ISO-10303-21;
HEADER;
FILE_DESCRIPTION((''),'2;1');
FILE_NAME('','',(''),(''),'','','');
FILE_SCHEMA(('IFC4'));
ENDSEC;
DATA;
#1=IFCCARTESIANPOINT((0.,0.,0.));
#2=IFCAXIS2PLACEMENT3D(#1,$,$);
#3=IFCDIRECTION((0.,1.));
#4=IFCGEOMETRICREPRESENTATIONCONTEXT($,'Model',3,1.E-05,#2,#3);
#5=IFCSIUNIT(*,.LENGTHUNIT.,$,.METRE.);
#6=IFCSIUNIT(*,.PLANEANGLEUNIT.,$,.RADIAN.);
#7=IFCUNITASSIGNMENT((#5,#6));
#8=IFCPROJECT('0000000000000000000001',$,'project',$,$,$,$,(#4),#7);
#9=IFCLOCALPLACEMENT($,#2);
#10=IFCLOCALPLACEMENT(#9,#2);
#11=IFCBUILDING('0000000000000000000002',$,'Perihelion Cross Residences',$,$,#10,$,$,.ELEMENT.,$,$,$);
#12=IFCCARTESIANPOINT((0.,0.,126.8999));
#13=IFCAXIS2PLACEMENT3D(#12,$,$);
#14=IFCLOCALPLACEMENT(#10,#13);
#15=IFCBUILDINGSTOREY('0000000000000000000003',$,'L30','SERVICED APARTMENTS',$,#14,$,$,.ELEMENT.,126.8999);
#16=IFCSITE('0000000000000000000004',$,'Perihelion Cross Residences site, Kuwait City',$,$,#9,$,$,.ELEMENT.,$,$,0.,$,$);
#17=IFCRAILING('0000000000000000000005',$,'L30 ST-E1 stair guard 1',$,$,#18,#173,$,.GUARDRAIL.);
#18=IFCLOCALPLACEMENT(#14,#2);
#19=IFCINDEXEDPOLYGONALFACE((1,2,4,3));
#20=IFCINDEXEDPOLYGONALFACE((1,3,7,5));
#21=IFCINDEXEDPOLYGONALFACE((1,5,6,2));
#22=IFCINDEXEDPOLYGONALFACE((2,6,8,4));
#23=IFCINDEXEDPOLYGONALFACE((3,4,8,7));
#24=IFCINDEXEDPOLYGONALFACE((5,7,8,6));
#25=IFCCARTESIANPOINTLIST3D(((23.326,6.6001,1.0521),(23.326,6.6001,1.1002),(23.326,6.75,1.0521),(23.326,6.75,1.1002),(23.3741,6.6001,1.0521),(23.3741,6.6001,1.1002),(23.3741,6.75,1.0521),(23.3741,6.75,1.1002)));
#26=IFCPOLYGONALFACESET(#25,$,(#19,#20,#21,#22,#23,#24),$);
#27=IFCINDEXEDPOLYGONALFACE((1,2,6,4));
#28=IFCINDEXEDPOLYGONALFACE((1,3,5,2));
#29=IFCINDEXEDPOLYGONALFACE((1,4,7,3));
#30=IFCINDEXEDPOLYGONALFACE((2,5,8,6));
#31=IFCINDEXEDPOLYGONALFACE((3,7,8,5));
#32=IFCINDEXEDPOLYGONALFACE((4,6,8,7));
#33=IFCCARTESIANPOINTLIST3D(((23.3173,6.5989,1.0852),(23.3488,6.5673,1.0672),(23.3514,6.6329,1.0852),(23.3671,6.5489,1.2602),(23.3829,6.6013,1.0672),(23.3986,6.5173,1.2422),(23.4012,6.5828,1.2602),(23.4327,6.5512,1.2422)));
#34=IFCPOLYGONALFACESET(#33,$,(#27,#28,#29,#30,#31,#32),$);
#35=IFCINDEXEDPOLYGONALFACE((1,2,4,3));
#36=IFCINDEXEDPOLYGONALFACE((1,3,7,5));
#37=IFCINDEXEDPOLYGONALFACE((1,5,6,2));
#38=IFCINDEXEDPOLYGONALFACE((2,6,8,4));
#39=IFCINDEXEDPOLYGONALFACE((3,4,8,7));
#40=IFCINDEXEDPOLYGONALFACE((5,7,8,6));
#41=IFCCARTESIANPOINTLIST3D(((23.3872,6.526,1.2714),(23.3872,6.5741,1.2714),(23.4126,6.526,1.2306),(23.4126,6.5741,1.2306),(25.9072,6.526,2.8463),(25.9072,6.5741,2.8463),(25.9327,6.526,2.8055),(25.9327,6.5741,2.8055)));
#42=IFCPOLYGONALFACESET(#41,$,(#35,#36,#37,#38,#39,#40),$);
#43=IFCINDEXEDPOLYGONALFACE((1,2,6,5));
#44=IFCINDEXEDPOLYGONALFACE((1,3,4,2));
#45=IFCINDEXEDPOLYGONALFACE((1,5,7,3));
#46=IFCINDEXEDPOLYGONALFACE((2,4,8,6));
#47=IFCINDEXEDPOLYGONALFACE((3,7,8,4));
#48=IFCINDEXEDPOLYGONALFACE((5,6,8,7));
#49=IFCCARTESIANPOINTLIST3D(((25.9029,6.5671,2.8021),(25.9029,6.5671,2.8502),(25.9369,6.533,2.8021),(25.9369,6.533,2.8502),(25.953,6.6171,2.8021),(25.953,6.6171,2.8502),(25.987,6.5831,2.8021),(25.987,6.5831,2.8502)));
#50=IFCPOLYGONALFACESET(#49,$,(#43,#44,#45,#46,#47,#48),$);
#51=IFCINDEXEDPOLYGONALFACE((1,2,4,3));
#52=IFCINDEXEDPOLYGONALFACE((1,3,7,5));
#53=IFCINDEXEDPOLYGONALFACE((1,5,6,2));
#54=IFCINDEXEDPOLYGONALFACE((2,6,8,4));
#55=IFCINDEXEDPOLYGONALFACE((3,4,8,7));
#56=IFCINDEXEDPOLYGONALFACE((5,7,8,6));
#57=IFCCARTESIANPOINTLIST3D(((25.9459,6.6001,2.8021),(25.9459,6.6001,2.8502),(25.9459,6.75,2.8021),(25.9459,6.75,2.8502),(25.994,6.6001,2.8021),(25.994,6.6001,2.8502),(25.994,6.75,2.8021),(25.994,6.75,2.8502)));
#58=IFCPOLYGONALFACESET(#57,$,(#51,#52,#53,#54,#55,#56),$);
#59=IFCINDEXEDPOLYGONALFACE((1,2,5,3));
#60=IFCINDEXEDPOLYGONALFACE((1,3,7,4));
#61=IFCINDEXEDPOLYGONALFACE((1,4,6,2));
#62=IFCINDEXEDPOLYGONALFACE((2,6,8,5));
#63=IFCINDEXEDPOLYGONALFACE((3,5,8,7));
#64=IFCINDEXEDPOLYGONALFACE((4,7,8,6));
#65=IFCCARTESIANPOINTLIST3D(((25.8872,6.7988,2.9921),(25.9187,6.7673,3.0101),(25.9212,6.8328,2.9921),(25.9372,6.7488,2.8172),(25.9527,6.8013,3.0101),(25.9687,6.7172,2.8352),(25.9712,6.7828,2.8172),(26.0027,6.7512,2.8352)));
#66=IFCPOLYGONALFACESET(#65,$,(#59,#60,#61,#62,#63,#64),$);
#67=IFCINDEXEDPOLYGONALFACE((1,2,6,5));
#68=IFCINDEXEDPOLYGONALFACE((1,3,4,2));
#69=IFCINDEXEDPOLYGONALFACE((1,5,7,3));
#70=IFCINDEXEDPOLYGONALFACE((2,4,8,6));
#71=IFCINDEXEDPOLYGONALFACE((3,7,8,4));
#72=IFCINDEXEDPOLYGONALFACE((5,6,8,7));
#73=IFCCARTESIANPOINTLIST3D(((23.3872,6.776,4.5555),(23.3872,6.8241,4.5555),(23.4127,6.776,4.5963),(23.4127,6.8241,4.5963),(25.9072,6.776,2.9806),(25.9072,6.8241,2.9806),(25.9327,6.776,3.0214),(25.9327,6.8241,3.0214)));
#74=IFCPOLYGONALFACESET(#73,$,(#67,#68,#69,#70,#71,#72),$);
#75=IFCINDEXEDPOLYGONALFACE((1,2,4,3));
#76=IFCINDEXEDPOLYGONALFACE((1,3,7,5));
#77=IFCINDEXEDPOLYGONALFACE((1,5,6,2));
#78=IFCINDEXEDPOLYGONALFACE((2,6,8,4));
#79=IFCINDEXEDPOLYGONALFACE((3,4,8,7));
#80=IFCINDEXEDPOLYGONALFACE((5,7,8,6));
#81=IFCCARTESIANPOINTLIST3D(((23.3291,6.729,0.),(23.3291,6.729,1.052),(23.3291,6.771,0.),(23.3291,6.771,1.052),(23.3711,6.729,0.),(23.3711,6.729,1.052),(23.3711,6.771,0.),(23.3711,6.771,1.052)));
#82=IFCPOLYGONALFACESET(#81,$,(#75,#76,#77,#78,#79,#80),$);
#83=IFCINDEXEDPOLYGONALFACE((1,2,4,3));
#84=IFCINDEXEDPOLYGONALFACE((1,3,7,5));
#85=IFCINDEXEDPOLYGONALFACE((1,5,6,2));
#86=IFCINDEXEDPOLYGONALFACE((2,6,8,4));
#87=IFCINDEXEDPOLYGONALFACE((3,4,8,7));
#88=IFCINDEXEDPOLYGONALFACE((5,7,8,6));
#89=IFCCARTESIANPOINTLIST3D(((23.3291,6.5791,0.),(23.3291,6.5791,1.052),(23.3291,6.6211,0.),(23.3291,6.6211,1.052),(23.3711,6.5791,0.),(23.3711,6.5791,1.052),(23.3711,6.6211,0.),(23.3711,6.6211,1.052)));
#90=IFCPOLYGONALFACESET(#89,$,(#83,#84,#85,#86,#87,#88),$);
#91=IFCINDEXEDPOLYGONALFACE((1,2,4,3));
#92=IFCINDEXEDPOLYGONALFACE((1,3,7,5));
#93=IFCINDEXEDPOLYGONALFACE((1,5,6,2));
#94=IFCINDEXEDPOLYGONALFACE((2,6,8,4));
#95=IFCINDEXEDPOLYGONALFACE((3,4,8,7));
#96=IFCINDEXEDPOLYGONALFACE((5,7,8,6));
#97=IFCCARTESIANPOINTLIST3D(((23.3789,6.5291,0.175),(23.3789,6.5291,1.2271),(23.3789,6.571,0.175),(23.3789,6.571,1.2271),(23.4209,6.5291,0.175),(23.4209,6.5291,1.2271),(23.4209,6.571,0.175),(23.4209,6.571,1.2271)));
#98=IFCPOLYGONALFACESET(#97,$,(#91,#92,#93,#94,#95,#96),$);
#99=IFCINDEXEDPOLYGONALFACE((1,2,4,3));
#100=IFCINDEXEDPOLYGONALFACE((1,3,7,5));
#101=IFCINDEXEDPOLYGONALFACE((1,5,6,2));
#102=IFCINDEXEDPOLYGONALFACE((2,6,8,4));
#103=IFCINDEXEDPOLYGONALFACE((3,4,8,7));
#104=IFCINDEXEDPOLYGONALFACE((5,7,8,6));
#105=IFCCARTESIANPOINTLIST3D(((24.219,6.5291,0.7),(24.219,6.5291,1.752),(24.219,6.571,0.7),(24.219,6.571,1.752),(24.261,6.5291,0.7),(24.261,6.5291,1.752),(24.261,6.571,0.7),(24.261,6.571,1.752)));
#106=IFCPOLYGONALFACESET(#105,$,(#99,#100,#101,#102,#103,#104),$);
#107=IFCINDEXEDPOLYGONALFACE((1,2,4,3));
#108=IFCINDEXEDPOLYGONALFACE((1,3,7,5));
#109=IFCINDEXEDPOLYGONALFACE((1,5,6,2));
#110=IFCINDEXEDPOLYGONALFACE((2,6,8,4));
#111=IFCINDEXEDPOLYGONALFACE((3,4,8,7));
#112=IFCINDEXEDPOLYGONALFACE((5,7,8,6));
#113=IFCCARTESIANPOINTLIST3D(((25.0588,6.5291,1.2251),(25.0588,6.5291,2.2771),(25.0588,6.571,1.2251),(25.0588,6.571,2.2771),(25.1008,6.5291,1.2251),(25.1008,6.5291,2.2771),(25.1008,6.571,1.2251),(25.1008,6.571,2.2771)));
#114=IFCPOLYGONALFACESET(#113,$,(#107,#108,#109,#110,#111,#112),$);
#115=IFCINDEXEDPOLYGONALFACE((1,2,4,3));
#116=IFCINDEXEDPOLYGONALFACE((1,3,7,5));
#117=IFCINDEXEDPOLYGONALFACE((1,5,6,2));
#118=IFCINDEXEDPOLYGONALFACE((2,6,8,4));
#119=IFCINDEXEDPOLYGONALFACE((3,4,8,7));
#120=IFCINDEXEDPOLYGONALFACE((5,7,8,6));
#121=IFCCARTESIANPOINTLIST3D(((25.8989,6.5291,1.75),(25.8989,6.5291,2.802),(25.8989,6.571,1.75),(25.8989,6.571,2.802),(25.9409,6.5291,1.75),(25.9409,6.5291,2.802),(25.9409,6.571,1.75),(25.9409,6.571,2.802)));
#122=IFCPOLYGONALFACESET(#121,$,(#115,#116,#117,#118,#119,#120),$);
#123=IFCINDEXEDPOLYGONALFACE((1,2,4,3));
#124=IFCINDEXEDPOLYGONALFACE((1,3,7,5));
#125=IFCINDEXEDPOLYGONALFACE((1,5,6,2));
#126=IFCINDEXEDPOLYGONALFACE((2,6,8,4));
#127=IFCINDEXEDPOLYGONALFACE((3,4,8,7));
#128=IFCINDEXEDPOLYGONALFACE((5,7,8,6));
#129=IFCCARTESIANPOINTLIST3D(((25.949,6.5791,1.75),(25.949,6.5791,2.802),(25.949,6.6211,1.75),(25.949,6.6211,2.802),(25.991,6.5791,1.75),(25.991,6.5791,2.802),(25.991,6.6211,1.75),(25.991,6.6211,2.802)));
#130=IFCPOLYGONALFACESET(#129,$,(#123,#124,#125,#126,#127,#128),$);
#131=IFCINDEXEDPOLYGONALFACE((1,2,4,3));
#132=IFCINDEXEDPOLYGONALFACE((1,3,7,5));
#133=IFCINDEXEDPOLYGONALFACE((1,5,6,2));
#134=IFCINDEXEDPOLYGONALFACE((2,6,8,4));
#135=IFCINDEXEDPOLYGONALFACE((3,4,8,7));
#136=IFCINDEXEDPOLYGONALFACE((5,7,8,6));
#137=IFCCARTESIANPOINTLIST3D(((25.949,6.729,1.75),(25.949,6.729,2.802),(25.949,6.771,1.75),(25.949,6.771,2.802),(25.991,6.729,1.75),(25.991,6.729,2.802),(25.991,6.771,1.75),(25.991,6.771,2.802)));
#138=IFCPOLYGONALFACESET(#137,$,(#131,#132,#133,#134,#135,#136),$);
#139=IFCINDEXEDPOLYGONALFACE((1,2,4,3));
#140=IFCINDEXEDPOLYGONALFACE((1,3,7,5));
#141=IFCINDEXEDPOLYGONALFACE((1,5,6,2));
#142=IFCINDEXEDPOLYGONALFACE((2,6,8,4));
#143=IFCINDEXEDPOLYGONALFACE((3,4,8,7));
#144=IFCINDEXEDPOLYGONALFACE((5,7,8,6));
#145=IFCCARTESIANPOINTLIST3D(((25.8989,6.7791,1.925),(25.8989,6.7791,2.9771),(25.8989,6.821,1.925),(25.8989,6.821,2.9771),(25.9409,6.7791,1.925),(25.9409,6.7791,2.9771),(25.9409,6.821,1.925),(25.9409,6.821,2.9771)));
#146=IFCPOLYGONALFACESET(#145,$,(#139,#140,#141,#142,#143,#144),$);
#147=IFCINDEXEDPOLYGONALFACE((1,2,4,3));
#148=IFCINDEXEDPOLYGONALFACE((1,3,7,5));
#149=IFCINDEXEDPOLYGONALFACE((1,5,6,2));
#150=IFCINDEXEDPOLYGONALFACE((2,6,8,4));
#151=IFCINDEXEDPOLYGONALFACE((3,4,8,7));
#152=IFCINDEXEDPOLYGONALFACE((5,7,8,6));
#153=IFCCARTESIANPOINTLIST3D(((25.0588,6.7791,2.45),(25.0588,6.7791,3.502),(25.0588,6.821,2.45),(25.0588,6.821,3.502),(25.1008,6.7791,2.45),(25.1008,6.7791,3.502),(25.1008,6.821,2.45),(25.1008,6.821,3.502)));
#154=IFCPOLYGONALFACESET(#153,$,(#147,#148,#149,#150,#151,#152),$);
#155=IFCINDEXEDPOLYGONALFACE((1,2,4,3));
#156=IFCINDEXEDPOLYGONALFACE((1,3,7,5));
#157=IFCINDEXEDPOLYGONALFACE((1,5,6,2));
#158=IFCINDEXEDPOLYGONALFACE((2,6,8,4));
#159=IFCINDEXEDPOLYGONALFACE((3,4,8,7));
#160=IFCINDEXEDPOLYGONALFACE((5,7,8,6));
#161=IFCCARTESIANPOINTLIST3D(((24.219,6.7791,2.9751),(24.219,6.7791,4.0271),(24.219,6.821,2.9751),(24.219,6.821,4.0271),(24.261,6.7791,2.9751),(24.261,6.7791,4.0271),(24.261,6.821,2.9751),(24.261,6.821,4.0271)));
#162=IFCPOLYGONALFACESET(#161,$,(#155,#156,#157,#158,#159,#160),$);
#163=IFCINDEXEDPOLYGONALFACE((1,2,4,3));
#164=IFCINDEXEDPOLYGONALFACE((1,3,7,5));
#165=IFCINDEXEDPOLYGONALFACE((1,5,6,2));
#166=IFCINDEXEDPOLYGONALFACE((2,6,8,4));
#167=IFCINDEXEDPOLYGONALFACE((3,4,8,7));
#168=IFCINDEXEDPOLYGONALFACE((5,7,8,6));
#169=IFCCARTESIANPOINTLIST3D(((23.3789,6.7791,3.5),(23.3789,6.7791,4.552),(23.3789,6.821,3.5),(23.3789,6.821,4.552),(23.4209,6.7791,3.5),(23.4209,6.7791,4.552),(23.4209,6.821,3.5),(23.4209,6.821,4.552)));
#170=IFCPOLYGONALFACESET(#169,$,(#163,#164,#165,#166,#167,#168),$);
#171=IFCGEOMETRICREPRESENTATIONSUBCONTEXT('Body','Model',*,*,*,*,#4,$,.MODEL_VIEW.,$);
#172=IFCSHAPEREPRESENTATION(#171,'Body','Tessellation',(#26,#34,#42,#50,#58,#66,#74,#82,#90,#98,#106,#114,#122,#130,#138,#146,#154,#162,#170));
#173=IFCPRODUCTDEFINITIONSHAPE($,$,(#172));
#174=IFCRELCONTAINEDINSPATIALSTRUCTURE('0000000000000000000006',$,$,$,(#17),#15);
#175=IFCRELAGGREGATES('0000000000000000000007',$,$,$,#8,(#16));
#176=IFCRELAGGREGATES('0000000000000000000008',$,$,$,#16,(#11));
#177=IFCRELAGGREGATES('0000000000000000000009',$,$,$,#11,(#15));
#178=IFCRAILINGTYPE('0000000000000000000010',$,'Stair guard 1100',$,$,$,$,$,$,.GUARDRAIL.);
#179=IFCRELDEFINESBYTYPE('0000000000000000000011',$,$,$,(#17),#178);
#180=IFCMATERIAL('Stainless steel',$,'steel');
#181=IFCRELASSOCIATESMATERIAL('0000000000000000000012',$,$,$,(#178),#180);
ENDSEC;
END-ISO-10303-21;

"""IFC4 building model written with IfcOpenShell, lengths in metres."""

from ifc_helpers import new_model, si_unit, direction, frame, origin, origin_2d, place, context, subcontext, project, spatial, rectangle, extrude, material, type_object, element, save


model = new_model("IFC4")

# Units and contexts
model_context = context("Model", 3, precision=1e-05, world=origin(), true_north=direction((0.0, 1.0)))
body_context = subcontext(model_context, "Body", "Model", "MODEL_VIEW")
ifc_project = project(units=[si_unit("LENGTHUNIT", "METRE"), si_unit("PLANEANGLEUNIT", "RADIAN")], contexts=[model_context])

# Site, building, storey
site_placement = place(None, origin())
site = spatial("IfcSite", under=ifc_project, at=site_placement, Name="Perihelion Cross Residences site, Kuwait City", CompositionType="ELEMENT", RefElevation=0.0)
building_placement = place(site_placement, origin())
building = spatial("IfcBuilding", under=site, at=building_placement, Name="Perihelion Cross Residences", CompositionType="ELEMENT")
storey_placement = place(building_placement, frame((0.0, 0.0, 126.8999)))
storey = spatial("IfcBuildingStorey", under=building, at=storey_placement, Name="L30", Description="SERVICED APARTMENTS", CompositionType="ELEMENT", Elevation=126.8999)

# Railing
ifc_material_1 = material(Name="Stainless steel", Category="steel")
railing_type_1 = type_object("IfcRailingType", Name="Stair guard 1100", PredefinedType="GUARDRAIL", material=ifc_material_1)
railing_1_placement = place(storey_placement, frame((23.3501, 6.75, 0.0)))
element("IfcRailing", 1, at=railing_1_placement, inside=storey, type_object=railing_type_1, Name="L30 ST-E1 stair guard 1", PredefinedType="GUARDRAIL", context=body_context, shape_type="SweptSolid", body=[
    extrude(rectangle(XDim=0.0481, YDim=0.0481, at=origin_2d()), frame((0.0, 0.0, 1.0762), z_axis=(0.0, -1.0, 0.0), x_axis=(1.0, 0.0, 0.0)), (0.0, 0.0, 1.0), 0.1499),
    extrude(rectangle(XDim=0.0481, YDim=0.0481, at=origin_2d()), frame((0.0, -0.1499, 1.0762), z_axis=(0.263862, -0.265156, 0.927399), x_axis=(0.708834, 0.705376, 0.0)), (0.0, 0.0, 1.0), 0.1887),
    extrude(rectangle(XDim=0.0481, YDim=0.0481, at=origin_2d()), frame((0.0498, -0.2, 1.251), z_axis=(0.848008, 0.0, 0.529984), x_axis=(0.0, 1.0, 0.0)), (0.0, 0.0, 1.0), 2.9717),
    extrude(rectangle(XDim=0.0481, YDim=0.0481, at=origin_2d()), frame((2.5698, -0.2, 2.8262), z_axis=(0.707107, 0.707107, 0.0), x_axis=(-0.707107, 0.707107, 0.0)), (0.0, 0.0, 1.0), 0.0708),
    extrude(rectangle(XDim=0.0481, YDim=0.0481, at=origin_2d()), frame((2.6199, -0.1499, 2.8262), z_axis=(0.0, 1.0, 0.0), x_axis=(-1.0, 0.0, 0.0)), (0.0, 0.0, 1.0), 0.1499),
    extrude(rectangle(XDim=0.0481, YDim=0.0481, at=origin_2d()), frame((2.6199, 0.0, 2.8262), z_axis=(-0.265065, 0.265065, 0.927082), x_axis=(-0.707107, -0.707107, 0.0)), (0.0, 0.0, 1.0), 0.1887),
    extrude(rectangle(XDim=0.0481, YDim=0.0481, at=origin_2d()), frame((2.5698, 0.05, 3.001), z_axis=(-0.848008, 0.0, 0.529984), x_axis=(0.0, -1.0, 0.0)), (0.0, 0.0, 1.0), 2.9717),
    extrude(rectangle(XDim=0.042, YDim=0.042, at=origin_2d()), origin(), (0.0, 0.0, 1.0), 1.052),
    extrude(rectangle(XDim=0.042, YDim=0.042, at=origin_2d()), frame((0.0, -0.1499, 0.0)), (0.0, 0.0, 1.0), 1.052),
    extrude(rectangle(XDim=0.042, YDim=0.042, at=origin_2d()), frame((0.0498, -0.2, 0.175)), (0.0, 0.0, 1.0), 1.052),
    extrude(rectangle(XDim=0.042, YDim=0.042, at=origin_2d()), frame((0.8899, -0.2, 0.7)), (0.0, 0.0, 1.0), 1.052),
    extrude(rectangle(XDim=0.042, YDim=0.042, at=origin_2d()), frame((1.7297, -0.2, 1.2251)), (0.0, 0.0, 1.0), 1.052),
    extrude(rectangle(XDim=0.042, YDim=0.042, at=origin_2d()), frame((2.5698, -0.2, 1.75)), (0.0, 0.0, 1.0), 1.052),
    extrude(rectangle(XDim=0.042, YDim=0.042, at=origin_2d()), frame((2.6199, -0.1499, 1.75)), (0.0, 0.0, 1.0), 1.052),
    extrude(rectangle(XDim=0.042, YDim=0.042, at=origin_2d()), frame((2.6199, 0.0, 1.75)), (0.0, 0.0, 1.0), 1.052),
    extrude(rectangle(XDim=0.042, YDim=0.042, at=origin_2d()), frame((2.5698, 0.05, 1.925)), (0.0, 0.0, 1.0), 1.052),
    extrude(rectangle(XDim=0.042, YDim=0.042, at=origin_2d()), frame((1.7297, 0.05, 2.45)), (0.0, 0.0, 1.0), 1.052),
    extrude(rectangle(XDim=0.042, YDim=0.042, at=origin_2d()), frame((0.8899, 0.05, 2.9751)), (0.0, 0.0, 1.0), 1.052),
    extrude(rectangle(XDim=0.042, YDim=0.042, at=origin_2d()), frame((0.0498, 0.05, 3.5)), (0.0, 0.0, 1.0), 1.052),
])

save(model, "model.ifc")
